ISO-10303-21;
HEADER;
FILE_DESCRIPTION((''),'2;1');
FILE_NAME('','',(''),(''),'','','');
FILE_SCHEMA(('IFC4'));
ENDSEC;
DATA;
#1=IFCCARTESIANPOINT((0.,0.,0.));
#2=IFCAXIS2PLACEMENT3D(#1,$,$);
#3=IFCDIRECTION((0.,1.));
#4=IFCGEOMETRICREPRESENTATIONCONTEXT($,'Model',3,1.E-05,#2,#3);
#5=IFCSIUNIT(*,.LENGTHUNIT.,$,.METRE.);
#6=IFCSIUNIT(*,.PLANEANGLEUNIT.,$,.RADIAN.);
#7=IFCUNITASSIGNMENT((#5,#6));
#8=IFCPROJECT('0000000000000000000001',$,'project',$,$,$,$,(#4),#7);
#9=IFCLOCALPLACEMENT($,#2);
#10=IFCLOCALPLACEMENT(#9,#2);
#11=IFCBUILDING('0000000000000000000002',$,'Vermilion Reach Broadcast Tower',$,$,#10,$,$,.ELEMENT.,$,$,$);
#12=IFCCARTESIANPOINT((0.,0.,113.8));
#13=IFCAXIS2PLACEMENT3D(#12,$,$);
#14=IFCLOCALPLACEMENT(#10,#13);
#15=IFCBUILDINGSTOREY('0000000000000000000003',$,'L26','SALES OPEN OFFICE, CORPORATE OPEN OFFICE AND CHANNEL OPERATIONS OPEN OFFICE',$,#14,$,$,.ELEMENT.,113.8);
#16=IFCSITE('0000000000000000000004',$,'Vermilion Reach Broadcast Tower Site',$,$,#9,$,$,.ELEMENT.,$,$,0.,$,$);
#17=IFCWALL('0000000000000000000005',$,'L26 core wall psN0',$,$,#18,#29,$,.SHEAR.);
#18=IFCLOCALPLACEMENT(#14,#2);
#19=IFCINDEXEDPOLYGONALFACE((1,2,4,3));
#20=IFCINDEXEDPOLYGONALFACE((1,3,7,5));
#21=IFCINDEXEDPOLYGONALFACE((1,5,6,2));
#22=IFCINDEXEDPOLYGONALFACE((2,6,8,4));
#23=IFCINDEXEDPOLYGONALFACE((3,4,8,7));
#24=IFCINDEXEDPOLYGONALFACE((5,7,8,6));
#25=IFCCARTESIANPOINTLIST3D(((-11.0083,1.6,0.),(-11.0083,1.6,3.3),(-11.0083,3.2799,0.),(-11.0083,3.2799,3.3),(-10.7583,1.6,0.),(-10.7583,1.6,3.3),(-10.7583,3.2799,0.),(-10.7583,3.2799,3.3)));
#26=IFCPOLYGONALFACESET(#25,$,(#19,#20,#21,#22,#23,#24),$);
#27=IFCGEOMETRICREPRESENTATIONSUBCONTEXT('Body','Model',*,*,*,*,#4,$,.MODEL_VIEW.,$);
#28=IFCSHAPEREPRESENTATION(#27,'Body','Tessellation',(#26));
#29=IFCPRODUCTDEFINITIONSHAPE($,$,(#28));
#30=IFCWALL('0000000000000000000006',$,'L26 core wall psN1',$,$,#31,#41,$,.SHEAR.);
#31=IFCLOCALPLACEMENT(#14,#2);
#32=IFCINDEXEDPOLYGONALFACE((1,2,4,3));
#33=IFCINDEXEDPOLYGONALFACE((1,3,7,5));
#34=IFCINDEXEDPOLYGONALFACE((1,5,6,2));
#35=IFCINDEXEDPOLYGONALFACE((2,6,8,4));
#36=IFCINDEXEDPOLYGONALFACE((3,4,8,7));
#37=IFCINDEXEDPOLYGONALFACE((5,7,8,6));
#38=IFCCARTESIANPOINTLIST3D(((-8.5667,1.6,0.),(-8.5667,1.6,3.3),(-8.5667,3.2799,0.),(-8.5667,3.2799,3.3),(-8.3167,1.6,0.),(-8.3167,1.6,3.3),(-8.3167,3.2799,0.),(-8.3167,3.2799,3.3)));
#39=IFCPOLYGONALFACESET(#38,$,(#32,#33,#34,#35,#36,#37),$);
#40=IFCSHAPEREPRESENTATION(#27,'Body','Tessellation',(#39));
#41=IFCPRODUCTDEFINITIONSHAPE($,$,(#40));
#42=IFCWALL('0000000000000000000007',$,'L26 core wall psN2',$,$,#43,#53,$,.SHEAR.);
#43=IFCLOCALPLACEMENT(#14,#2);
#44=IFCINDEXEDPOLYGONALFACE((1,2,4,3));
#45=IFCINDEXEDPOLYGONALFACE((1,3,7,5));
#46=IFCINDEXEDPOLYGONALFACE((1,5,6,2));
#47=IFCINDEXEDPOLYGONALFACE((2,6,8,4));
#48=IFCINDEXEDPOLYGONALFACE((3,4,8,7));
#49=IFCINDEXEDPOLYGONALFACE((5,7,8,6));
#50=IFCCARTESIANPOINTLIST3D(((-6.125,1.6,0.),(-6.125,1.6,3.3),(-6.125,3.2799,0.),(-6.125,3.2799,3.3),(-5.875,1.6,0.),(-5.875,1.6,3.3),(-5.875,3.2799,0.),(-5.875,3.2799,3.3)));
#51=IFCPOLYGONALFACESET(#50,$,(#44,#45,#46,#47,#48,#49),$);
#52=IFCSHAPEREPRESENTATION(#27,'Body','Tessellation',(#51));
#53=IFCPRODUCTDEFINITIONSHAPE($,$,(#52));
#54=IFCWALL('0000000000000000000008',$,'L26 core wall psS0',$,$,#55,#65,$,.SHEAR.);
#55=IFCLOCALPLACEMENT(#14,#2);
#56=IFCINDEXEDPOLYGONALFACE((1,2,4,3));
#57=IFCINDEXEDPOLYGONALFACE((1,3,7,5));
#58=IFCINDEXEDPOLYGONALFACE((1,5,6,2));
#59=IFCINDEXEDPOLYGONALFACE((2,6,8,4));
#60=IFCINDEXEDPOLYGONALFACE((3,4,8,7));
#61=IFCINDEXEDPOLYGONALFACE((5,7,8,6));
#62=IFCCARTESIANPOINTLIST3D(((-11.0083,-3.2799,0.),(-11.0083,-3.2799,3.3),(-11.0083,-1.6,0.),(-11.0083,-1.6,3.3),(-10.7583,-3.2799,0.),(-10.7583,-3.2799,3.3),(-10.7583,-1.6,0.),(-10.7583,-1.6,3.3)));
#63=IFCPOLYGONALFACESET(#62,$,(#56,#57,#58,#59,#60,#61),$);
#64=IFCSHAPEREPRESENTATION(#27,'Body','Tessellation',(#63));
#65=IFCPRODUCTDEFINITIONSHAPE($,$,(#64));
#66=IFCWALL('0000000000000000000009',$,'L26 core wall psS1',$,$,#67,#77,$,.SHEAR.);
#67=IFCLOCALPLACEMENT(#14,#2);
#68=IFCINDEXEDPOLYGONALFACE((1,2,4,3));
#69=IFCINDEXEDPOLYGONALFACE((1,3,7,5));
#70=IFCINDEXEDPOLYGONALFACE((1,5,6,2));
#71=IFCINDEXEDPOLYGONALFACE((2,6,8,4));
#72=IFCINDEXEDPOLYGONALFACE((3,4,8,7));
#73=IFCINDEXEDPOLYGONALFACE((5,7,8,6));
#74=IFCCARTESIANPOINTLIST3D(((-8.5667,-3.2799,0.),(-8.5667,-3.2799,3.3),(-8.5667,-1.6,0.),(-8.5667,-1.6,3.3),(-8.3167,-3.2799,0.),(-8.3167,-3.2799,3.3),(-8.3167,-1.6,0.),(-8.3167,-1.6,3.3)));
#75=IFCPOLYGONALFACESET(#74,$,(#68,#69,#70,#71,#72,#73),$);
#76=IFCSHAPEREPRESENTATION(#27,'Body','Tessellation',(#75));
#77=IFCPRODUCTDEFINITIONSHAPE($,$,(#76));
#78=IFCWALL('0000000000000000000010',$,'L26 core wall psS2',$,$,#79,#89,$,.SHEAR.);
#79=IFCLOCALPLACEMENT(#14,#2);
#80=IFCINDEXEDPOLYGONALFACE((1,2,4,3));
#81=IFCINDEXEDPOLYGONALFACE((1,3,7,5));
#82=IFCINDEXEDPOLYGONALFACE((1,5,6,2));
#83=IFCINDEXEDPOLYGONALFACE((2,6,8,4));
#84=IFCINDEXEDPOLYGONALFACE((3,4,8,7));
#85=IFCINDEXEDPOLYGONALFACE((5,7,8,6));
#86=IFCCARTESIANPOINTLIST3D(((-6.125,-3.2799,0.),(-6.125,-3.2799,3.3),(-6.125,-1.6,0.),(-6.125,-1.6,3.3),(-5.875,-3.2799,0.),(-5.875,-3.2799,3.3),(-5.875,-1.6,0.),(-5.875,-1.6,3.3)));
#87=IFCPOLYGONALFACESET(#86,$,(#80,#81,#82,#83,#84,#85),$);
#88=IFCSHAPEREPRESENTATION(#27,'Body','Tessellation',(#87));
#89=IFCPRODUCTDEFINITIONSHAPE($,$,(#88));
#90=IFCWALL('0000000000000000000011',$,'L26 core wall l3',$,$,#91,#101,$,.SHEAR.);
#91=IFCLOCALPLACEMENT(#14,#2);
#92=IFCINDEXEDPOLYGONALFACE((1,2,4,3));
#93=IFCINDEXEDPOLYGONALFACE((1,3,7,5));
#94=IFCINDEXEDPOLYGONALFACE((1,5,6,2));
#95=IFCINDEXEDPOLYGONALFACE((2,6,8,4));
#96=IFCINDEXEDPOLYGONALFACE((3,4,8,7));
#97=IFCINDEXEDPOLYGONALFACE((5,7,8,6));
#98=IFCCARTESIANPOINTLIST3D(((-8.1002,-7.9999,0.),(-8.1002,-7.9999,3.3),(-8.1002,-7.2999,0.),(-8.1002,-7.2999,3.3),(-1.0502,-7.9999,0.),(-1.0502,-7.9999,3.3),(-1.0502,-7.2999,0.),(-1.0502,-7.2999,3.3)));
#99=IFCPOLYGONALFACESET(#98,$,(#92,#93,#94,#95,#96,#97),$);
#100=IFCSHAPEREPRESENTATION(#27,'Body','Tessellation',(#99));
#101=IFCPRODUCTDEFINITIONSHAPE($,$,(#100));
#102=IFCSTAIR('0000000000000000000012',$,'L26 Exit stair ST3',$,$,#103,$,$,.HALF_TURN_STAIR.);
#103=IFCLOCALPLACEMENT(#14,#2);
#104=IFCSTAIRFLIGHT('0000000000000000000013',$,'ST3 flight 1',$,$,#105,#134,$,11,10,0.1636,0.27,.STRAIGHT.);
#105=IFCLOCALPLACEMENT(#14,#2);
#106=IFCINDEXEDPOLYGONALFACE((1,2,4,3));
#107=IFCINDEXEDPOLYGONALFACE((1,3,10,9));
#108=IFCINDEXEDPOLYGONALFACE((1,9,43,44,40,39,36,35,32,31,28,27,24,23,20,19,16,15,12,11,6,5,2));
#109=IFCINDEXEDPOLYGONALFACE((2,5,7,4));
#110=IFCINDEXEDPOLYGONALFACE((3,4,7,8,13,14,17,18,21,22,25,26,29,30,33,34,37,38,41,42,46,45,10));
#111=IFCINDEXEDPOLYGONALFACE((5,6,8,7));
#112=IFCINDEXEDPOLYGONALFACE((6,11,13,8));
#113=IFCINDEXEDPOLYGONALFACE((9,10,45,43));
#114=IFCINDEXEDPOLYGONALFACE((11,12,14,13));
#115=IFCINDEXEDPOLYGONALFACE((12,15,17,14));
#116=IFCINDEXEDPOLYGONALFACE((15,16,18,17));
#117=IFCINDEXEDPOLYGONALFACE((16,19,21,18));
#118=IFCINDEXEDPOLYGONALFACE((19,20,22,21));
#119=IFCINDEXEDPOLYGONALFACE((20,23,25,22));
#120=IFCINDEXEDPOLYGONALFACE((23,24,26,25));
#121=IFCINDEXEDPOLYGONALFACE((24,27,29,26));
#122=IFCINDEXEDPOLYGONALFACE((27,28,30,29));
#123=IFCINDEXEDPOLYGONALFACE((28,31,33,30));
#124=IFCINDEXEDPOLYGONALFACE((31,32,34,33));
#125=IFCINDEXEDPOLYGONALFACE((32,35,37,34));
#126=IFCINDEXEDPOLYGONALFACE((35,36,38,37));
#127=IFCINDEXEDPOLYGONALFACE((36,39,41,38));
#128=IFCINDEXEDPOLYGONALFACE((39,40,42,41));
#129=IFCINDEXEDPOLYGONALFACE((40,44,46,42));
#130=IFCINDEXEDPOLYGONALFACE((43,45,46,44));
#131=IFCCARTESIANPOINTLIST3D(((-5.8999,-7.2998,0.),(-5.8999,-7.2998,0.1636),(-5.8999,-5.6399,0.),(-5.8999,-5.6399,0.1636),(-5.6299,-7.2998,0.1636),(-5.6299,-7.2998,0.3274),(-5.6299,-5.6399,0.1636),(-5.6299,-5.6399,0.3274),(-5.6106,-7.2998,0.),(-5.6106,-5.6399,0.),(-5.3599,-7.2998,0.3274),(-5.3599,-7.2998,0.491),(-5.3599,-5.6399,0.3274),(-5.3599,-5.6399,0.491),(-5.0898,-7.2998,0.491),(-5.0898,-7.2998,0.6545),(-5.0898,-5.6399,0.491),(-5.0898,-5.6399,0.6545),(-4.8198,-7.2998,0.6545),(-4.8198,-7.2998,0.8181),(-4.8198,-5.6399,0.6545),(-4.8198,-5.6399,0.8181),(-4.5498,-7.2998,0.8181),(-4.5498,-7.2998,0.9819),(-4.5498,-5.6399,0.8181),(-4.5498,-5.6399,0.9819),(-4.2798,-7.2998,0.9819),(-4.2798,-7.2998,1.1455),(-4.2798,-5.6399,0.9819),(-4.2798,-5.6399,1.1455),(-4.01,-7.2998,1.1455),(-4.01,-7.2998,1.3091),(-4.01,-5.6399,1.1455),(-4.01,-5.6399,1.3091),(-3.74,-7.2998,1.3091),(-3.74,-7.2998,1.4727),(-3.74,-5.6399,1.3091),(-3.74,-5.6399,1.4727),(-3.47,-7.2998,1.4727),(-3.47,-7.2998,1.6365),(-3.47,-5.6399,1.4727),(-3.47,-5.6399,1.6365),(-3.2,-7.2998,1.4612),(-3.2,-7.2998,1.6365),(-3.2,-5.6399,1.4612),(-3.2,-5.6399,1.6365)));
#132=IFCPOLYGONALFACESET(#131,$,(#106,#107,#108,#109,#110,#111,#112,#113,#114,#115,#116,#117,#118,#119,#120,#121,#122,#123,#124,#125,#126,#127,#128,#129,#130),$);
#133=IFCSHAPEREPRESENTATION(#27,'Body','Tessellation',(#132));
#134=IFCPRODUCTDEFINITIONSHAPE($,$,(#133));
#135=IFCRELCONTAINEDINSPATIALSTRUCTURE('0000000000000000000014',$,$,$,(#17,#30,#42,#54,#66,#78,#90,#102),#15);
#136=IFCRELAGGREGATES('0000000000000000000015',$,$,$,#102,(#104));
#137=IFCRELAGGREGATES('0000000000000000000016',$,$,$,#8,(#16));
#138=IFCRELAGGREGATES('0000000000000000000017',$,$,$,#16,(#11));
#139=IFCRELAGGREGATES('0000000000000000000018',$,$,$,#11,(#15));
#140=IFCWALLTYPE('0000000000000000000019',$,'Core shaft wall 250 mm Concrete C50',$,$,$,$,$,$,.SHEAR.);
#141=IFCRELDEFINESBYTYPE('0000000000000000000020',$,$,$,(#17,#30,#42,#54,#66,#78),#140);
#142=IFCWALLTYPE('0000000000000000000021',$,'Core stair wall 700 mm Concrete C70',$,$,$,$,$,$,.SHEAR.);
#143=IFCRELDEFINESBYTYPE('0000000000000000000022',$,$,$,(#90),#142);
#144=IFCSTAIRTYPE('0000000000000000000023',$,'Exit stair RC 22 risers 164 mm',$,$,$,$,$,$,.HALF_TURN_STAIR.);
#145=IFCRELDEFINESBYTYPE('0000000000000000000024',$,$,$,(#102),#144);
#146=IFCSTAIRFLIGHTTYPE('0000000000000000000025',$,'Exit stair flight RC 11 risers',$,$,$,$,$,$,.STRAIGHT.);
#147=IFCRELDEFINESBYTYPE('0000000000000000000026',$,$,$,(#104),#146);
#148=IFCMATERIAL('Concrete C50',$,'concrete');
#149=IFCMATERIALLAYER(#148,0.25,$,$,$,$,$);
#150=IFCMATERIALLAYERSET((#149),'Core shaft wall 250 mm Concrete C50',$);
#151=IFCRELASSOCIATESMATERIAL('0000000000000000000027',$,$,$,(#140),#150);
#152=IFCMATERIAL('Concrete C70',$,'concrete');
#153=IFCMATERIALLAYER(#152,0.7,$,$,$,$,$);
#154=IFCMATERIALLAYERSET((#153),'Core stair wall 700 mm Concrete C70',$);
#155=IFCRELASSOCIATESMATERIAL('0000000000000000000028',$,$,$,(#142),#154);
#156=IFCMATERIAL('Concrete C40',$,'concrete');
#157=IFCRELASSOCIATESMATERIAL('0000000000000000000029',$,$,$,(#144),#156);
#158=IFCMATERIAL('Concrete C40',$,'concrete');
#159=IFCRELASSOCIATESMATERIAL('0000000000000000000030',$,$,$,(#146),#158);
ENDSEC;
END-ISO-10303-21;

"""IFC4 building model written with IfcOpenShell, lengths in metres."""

from ifc_helpers import new_model, si_unit, direction, frame, frame_2d, origin, place, context, subcontext, project, spatial, polyline, rectangle, outline, extrude, material, layer, layer_set, type_object, element, aggregate, save


model = new_model("IFC4")

# Units and contexts
model_context = context("Model", 3, precision=1e-05, world=origin(), true_north=direction((0.0, 1.0)))
body_context = subcontext(model_context, "Body", "Model", "MODEL_VIEW")
ifc_project = project(units=[si_unit("LENGTHUNIT", "METRE"), si_unit("PLANEANGLEUNIT", "RADIAN")], contexts=[model_context])

# Site, building, storey
site_placement = place(None, origin())
site = spatial("IfcSite", under=ifc_project, at=site_placement, Name="Vermilion Reach Broadcast Tower Site", CompositionType="ELEMENT", RefElevation=0.0)
building_placement = place(site_placement, origin())
building = spatial("IfcBuilding", under=site, at=building_placement, Name="Vermilion Reach Broadcast Tower", CompositionType="ELEMENT")
storey_placement = place(building_placement, frame((0.0, 0.0, 113.8)))
storey = spatial("IfcBuildingStorey", under=building, at=storey_placement, Name="L26", Description="SALES OPEN OFFICE, CORPORATE OPEN OFFICE AND CHANNEL OPERATIONS OPEN OFFICE", CompositionType="ELEMENT", Elevation=113.8)

# Walls
ifc_material_1 = material(Name="Concrete C50", Category="concrete")
ifc_layer_1 = layer(ifc_material_1, 0.25)
ifc_layer_set_1 = layer_set([ifc_layer_1], Name="Core shaft wall 250 mm Concrete C50")
wall_type_1 = type_object("IfcWallType", Name="Core shaft wall 250 mm Concrete C50", PredefinedType="SHEAR", material=ifc_layer_set_1)
for number, where, z_axis, x_axis, name in (
    (1, (-10.8833, 1.6001, 0.0), (0.0, 0.0, 1.0), (0.0, 1.0, 0.0), "L26 core wall psN0"),
    (2, (-8.4417, 1.6001, 0.0), (0.0, 0.0, 1.0), (0.0, 1.0, 0.0), "L26 core wall psN1"),
    (3, (-6.0, 1.6001, 0.0), (0.0, 0.0, 1.0), (0.0, 1.0, 0.0), "L26 core wall psN2"),
    (4, (-10.8833, -1.6001, 0.0), (0.0, 0.0, 1.0), (0.0, -1.0, 0.0), "L26 core wall psS0"),
    (5, (-8.4417, -1.6001, 0.0), (0.0, 0.0, 1.0), (0.0, -1.0, 0.0), "L26 core wall psS1"),
    (6, (-6.0, -1.6001, 0.0), (0.0, 0.0, 1.0), (0.0, -1.0, 0.0), "L26 core wall psS2"),
):
    element("IfcWall", number, at=place(storey_placement, frame(where, z_axis=z_axis, x_axis=x_axis)), inside=storey, type_object=wall_type_1, Name=name, PredefinedType="SHEAR", context=body_context, shape_type="SweptSolid", body=[
        extrude(rectangle(XDim=1.6799, YDim=0.25, at=frame_2d((0.8398, 0.0))), origin(), (0.0, 0.0, 1.0), 3.3),
    ])
ifc_material_2 = material(Name="Concrete C70", Category="concrete")
ifc_layer_2 = layer(ifc_material_2, 0.7)
ifc_layer_set_2 = layer_set([ifc_layer_2], Name="Core stair wall 700 mm Concrete C70")
wall_type_2 = type_object("IfcWallType", Name="Core stair wall 700 mm Concrete C70", PredefinedType="SHEAR", material=ifc_layer_set_2)
wall_1_placement = place(storey_placement, frame((-8.1001, -7.6499, 0.0), z_axis=(0.0, 0.0, 1.0), x_axis=(1.0, 0.0, 0.0)))
element("IfcWall", 7, at=wall_1_placement, inside=storey, type_object=wall_type_2, Name="L26 core wall l3", PredefinedType="SHEAR", context=body_context, shape_type="SweptSolid", body=[
    extrude(rectangle(XDim=7.05, YDim=0.7, at=frame_2d((3.5249, 0.0))), origin(), (0.0, 0.0, 1.0), 3.3),
])

# Stair, stair flight
ifc_material_3 = material(Name="Concrete C40", Category="concrete")
stair_type = type_object("IfcStairType", Name="Exit stair RC 22 risers 164 mm", PredefinedType="HALF_TURN_STAIR", material=ifc_material_3)
stair_placement = place(storey_placement, origin())
stair = element("IfcStair", 8, at=stair_placement, inside=storey, type_object=stair_type, Name="L26 Exit stair ST3", PredefinedType="HALF_TURN_STAIR")
ifc_material_4 = material(Name="Concrete C40", Category="concrete")
stair_flight_type = type_object("IfcStairFlightType", Name="Exit stair flight RC 11 risers", PredefinedType="STRAIGHT", material=ifc_material_4)
stair_flight_placement = place(storey_placement, frame((-5.8999, -6.47, 0.0), z_axis=(0.0, 0.0, 1.0), x_axis=(1.0, 0.0, 0.0)))
stair_flight = element("IfcStairFlight", 9, at=stair_flight_placement, type_object=stair_flight_type, Name="ST3 flight 1", NumberOfRisers=11, NumberOfTreads=10, PredefinedType="STRAIGHT", RiserHeight=0.1636, TreadLength=0.27, context=body_context, shape_type="SweptSolid", body=[
    extrude(outline(polyline([(0.0, 0.0), (0.0, 0.1636), (0.27, 0.1636), (0.27, 0.3274), (0.54, 0.3274), (0.54, 0.491), (0.8101, 0.491), (0.8101, 0.6545), (1.0801, 0.6545), (1.0801, 0.8181), (1.3501, 0.8181), (1.3501, 0.9819), (1.6201, 0.9819), (1.6201, 1.1455), (1.8899, 1.1455), (1.8899, 1.3091), (2.1599, 1.3091), (2.1599, 1.4727), (2.4299, 1.4727), (2.4299, 1.6365), (2.7, 1.6365), (2.7, 1.8), (2.7, 1.4612), (0.2893, 0.0), (0.0, 0.0)])), frame((0.0, 0.8301, 0.0), z_axis=(0.0, -1.0, 0.0), x_axis=(1.0, 0.0, 0.0)), (0.0, 0.0, 1.0), 1.6599),
])
aggregate(stair, [stair_flight])

save(model, "model.ifc")
